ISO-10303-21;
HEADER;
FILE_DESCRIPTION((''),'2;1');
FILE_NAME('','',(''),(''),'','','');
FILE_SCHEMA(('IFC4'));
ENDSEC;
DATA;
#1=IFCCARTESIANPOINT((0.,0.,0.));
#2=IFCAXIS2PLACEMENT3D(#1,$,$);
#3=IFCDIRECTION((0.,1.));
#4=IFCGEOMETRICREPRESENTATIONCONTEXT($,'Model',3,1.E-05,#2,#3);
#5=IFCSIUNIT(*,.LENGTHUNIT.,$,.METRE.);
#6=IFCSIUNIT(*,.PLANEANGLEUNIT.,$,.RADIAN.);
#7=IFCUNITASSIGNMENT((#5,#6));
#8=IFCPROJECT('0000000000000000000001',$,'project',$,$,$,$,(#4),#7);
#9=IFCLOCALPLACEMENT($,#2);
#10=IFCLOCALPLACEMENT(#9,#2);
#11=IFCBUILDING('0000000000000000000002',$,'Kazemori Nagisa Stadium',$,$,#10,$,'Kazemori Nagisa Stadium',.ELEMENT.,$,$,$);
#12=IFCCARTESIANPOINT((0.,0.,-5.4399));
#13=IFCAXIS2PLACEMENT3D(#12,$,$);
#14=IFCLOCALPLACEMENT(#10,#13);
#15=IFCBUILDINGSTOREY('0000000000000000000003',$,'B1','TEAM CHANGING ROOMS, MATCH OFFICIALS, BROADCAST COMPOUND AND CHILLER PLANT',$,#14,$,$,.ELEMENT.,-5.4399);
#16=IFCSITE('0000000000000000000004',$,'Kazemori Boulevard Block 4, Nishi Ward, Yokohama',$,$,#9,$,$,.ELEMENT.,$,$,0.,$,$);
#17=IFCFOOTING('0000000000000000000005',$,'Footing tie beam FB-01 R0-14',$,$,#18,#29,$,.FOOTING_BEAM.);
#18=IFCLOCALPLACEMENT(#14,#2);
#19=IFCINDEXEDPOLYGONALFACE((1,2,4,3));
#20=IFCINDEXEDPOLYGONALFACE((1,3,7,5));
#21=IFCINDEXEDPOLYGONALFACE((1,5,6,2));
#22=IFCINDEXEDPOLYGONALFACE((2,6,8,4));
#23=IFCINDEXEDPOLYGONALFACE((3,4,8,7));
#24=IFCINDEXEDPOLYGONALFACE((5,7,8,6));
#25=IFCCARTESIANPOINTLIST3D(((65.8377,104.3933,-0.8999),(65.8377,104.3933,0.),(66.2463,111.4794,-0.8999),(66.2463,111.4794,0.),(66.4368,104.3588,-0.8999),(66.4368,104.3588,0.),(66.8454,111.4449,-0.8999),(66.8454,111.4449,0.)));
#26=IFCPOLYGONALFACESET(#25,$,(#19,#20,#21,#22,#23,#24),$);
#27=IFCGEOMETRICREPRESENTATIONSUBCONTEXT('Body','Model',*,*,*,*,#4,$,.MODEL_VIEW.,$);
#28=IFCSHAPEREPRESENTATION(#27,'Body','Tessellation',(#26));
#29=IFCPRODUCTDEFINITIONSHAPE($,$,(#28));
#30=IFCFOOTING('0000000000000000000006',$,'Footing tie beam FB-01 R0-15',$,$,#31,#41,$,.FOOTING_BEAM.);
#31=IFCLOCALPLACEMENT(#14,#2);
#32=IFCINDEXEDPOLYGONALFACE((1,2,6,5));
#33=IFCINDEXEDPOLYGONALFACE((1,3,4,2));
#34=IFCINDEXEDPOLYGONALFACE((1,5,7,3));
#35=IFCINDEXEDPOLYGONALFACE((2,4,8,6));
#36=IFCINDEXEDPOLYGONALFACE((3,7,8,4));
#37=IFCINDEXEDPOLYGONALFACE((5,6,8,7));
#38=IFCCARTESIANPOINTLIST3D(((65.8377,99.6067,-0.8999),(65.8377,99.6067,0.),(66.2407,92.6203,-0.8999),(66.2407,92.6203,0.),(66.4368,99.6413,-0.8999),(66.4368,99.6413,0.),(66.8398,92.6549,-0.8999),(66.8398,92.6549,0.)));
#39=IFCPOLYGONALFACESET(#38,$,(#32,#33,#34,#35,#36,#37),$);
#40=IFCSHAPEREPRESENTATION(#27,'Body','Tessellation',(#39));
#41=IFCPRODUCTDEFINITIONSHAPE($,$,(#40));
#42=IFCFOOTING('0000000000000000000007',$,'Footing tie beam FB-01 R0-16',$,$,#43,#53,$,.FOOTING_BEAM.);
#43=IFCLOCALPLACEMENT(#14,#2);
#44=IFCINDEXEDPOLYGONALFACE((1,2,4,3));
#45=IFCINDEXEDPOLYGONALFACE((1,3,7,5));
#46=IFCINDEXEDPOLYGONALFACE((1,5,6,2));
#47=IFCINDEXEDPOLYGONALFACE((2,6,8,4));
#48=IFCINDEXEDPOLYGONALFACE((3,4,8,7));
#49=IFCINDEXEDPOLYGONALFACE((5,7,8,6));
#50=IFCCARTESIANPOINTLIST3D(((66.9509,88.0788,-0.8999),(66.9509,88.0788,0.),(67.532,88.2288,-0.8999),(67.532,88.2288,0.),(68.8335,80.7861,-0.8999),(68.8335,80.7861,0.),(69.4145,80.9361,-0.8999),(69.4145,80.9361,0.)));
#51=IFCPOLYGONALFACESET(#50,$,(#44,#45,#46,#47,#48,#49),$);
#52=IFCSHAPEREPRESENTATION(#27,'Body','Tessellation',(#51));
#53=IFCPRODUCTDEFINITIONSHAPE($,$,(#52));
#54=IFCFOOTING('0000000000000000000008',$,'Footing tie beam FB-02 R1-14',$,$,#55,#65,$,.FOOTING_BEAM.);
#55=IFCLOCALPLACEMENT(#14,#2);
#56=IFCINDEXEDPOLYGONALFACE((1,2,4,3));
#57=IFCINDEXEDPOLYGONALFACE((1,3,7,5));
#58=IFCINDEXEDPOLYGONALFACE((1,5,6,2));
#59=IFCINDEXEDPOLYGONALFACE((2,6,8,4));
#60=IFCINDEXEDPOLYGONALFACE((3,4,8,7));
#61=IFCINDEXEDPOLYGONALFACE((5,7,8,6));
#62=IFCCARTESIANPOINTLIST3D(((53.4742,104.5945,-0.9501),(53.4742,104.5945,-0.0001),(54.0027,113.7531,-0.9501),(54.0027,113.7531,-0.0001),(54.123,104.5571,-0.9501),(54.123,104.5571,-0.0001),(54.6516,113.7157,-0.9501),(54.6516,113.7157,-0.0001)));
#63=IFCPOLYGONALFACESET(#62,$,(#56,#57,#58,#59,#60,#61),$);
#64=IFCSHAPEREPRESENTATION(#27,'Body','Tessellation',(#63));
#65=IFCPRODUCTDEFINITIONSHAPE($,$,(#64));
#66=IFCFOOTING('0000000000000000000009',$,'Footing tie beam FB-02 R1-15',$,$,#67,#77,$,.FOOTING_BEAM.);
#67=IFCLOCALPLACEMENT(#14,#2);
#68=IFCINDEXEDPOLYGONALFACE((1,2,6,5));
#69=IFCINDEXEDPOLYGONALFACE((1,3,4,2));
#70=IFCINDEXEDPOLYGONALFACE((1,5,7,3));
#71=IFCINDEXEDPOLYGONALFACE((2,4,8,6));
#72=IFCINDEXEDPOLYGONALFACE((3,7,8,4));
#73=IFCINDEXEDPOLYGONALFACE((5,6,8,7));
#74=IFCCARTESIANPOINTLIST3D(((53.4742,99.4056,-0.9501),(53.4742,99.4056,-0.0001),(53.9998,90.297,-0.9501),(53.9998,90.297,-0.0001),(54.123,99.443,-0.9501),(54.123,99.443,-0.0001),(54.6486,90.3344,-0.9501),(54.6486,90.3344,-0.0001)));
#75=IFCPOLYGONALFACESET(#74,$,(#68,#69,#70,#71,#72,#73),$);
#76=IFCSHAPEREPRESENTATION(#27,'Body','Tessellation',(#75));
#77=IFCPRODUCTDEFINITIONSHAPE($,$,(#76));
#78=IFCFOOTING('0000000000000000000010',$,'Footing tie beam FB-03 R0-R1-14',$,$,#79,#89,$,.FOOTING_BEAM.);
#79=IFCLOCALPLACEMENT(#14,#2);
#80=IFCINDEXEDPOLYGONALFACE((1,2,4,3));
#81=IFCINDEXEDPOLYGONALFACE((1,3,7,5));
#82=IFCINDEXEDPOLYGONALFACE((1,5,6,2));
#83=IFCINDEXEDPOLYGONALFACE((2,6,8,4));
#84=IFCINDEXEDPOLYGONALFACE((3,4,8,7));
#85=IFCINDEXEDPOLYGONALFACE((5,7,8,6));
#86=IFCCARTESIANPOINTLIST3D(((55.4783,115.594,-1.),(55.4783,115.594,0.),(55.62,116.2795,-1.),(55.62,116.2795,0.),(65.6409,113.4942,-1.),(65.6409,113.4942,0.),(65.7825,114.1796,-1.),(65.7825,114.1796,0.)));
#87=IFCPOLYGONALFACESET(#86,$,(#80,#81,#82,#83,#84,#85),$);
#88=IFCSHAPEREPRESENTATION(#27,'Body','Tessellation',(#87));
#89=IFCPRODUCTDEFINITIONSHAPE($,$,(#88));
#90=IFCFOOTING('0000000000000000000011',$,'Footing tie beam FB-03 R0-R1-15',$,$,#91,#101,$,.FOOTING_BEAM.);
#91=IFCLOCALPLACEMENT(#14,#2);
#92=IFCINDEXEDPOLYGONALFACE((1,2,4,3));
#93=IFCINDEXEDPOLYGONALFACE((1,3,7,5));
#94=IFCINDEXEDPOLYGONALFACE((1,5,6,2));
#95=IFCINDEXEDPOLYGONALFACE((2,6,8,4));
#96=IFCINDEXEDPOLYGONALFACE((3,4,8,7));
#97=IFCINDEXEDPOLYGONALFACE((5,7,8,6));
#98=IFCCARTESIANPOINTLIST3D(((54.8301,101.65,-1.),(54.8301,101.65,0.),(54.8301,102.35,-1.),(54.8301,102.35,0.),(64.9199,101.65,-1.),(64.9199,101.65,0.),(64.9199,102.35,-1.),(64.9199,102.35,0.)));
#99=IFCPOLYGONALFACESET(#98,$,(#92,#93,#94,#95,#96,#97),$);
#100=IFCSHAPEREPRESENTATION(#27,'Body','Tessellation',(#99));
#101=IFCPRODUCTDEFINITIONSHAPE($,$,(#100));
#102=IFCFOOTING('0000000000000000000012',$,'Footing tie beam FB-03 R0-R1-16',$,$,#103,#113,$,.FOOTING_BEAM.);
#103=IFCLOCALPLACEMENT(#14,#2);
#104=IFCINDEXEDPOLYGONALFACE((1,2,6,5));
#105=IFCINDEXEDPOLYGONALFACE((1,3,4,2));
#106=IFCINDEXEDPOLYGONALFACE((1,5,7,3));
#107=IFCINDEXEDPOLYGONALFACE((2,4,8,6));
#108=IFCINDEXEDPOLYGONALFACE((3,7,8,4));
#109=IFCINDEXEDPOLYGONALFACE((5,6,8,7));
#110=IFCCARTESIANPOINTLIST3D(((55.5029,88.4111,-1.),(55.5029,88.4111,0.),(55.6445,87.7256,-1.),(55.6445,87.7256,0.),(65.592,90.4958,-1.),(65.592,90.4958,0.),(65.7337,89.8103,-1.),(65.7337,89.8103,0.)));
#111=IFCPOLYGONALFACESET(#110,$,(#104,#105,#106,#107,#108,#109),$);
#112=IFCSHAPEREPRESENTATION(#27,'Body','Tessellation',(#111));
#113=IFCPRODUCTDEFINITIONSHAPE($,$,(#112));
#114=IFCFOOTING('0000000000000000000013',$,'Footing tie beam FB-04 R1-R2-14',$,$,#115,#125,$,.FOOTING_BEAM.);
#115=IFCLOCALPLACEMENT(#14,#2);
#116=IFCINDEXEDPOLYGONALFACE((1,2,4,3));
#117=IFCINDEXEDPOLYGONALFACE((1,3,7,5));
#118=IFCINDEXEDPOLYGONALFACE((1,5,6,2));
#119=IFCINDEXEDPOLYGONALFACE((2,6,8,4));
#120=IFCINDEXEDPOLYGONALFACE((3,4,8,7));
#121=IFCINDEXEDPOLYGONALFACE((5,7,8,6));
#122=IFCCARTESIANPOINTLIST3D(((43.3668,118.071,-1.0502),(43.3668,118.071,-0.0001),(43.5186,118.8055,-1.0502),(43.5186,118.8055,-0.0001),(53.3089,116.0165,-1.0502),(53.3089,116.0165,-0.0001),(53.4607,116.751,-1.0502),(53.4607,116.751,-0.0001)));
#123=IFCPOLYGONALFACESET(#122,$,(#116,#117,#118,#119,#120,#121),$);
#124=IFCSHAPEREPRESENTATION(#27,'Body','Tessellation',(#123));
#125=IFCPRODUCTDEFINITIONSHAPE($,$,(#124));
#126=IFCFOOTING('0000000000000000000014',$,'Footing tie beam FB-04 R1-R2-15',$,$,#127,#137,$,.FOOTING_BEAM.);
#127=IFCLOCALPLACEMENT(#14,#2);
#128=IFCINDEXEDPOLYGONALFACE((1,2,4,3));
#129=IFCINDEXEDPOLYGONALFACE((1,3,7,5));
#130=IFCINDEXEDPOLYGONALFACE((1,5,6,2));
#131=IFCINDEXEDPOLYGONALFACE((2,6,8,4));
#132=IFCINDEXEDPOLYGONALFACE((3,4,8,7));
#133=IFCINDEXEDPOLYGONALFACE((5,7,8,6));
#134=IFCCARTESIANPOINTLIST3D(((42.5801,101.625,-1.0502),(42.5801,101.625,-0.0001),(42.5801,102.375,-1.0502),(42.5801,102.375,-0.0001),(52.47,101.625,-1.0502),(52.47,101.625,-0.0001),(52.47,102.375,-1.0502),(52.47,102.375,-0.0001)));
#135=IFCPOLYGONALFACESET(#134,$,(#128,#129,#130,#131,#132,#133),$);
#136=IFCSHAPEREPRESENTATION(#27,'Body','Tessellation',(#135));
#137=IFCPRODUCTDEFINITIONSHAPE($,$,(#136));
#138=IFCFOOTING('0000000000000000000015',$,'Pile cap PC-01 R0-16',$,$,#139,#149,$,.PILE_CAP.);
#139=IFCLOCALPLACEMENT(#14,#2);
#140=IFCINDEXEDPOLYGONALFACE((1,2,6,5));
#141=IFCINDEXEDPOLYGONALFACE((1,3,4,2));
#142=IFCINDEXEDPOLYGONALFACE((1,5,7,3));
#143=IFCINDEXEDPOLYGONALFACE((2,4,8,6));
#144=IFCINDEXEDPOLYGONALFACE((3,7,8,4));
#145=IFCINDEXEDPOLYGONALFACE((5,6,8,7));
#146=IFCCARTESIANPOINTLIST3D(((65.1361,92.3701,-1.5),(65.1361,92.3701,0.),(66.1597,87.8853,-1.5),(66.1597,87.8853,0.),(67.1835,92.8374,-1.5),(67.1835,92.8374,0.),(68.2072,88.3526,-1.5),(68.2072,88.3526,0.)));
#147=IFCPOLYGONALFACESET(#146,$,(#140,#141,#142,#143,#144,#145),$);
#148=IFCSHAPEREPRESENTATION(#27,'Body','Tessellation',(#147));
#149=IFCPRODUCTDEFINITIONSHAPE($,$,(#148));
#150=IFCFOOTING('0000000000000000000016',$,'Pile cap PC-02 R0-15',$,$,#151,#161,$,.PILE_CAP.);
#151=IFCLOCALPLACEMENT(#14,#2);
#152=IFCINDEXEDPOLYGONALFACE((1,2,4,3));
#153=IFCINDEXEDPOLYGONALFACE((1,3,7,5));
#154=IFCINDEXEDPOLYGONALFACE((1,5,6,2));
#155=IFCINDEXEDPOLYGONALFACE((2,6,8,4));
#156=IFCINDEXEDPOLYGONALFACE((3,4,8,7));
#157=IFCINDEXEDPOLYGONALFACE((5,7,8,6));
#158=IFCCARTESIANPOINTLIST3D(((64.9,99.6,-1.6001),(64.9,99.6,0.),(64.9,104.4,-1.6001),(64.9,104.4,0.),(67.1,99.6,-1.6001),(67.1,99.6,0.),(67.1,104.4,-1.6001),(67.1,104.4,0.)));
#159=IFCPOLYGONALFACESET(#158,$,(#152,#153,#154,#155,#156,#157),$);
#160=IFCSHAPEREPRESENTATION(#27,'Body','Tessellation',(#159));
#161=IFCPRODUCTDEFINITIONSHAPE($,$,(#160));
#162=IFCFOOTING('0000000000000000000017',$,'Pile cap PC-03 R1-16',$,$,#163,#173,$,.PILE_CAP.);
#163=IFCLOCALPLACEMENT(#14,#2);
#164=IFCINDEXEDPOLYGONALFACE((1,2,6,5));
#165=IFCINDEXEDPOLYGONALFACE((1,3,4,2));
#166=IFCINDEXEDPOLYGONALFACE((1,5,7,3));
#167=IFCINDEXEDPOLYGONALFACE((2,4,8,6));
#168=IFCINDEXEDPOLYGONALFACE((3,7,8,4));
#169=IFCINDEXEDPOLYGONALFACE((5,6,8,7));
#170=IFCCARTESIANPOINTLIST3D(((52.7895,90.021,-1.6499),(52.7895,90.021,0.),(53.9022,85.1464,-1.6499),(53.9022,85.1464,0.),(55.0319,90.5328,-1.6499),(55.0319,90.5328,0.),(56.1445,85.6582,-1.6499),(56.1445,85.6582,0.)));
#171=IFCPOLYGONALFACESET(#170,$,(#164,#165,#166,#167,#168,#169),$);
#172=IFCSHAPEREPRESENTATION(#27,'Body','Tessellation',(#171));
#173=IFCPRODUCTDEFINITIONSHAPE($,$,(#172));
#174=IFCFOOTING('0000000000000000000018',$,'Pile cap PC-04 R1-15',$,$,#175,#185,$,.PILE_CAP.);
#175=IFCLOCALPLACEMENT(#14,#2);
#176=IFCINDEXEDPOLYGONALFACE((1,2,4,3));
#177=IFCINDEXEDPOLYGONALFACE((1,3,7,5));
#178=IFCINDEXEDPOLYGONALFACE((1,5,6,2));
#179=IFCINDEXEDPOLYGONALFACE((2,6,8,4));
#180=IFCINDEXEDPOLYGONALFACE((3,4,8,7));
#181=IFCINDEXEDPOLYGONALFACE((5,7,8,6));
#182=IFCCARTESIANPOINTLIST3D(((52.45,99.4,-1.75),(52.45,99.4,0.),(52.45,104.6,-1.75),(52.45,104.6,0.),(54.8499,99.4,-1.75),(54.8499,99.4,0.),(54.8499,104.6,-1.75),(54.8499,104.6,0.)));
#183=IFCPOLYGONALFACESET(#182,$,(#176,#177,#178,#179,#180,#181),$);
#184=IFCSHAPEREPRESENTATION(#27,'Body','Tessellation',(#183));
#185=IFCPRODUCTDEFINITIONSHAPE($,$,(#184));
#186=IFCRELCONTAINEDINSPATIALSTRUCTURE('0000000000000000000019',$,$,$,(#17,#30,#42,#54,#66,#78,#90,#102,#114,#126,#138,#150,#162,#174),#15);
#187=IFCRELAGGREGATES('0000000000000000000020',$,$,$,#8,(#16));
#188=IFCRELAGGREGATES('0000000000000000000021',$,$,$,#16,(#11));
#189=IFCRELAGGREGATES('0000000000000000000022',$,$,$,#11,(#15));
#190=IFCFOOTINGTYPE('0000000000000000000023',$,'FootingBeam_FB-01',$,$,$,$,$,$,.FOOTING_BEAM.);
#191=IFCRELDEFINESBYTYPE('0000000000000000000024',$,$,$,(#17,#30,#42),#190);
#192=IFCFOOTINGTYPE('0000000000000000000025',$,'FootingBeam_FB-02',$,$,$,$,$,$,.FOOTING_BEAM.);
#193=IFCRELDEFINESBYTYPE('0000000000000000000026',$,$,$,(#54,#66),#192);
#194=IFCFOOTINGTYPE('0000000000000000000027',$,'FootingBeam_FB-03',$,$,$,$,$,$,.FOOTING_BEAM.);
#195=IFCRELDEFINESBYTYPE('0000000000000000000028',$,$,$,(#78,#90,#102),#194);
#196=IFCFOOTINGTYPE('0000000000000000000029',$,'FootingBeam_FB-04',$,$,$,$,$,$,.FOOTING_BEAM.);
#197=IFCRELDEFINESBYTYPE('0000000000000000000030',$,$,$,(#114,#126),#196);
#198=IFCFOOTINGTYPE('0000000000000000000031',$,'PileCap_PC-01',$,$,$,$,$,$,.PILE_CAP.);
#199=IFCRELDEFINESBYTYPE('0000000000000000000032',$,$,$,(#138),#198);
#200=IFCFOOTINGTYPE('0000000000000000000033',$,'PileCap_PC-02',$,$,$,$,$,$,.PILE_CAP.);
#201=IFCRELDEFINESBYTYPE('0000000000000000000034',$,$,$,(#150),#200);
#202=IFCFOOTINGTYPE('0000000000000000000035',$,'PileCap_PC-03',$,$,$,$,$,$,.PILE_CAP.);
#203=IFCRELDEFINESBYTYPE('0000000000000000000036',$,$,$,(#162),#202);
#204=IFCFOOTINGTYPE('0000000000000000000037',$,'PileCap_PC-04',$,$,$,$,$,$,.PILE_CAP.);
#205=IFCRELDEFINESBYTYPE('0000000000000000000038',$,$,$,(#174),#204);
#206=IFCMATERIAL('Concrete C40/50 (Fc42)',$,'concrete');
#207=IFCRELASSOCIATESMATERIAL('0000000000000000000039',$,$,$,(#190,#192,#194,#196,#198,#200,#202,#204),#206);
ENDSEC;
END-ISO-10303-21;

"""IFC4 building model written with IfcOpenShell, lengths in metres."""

from ifc_helpers import new_model, si_unit, direction, frame, origin, origin_2d, place, context, subcontext, project, spatial, rectangle, extrude, material, material_profile, profile_set, type_object, element, save


model = new_model("IFC4")

# Units and contexts
model_context = context("Model", 3, precision=1e-05, world=origin(), true_north=direction((0.0, 1.0)))
body_context = subcontext(model_context, "Body", "Model", "MODEL_VIEW")
ifc_project = project(units=[si_unit("LENGTHUNIT", "METRE"), si_unit("PLANEANGLEUNIT", "RADIAN")], contexts=[model_context])

# Site, building, storey
site_placement = place(None, origin())
site = spatial("IfcSite", under=ifc_project, at=site_placement, Name="Kazemori Boulevard Block 4, Nishi Ward, Yokohama", CompositionType="ELEMENT", RefElevation=0.0)
building_placement = place(site_placement, origin())
building = spatial("IfcBuilding", under=site, at=building_placement, Name="Kazemori Nagisa Stadium", LongName="Kazemori Nagisa Stadium", CompositionType="ELEMENT")
storey_placement = place(building_placement, frame((0.0, 0.0, -5.4399)))
storey = spatial("IfcBuildingStorey", under=building, at=storey_placement, Name="B1", Description="TEAM CHANGING ROOMS, MATCH OFFICIALS, BROADCAST COMPOUND AND CHILLER PLANT", CompositionType="ELEMENT", Elevation=-5.4399)

# Footings
ifc_material_1 = material(Name="Concrete C40/50 (Fc42)", Category="concrete")
ifc_material_profile_1 = material_profile(ifc_material_1, rectangle(XDim=0.6001, YDim=0.8999, at=origin_2d()), Name="RC-FB-600x900")
ifc_profile_set_1 = profile_set([ifc_material_profile_1], Name="Concrete C40/50 (Fc42)")
footing_type_1 = type_object("IfcFootingType", Name="FootingBeam_FB-01", PredefinedType="FOOTING_BEAM", material=ifc_profile_set_1)
footing_1_placement = place(storey_placement, frame((66.5459, 111.4622, -0.45), z_axis=(-0.057579, -0.998341, 0.0), x_axis=(0.998341, -0.057579, 0.0)))
element("IfcFooting", 1, at=footing_1_placement, inside=storey, type_object=footing_type_1, Name="Footing tie beam FB-01 R0-14", PredefinedType="FOOTING_BEAM", context=body_context, shape_type="SweptSolid", body=[
    extrude(rectangle(XDim=0.6001, YDim=0.8999, at=origin_2d()), origin(), (0.0, 0.0, 1.0), 7.0979),
])
footing_2_placement = place(storey_placement, frame((66.1372, 99.624, -0.45), z_axis=(0.057599, -0.99834, 0.0), x_axis=(0.99834, 0.057599, 0.0)))
element("IfcFooting", 2, at=footing_2_placement, inside=storey, type_object=footing_type_1, Name="Footing tie beam FB-01 R0-15", PredefinedType="FOOTING_BEAM", context=body_context, shape_type="SweptSolid", body=[
    extrude(rectangle(XDim=0.6001, YDim=0.8999, at=origin_2d()), origin(), (0.0, 0.0, 1.0), 6.998),
])
footing_3_placement = place(storey_placement, frame((67.2415, 88.1538, -0.45), z_axis=(0.24995, -0.968259, 0.0), x_axis=(0.968259, 0.24995, 0.0)))
element("IfcFooting", 3, at=footing_3_placement, inside=storey, type_object=footing_type_1, Name="Footing tie beam FB-01 R0-16", PredefinedType="FOOTING_BEAM", context=body_context, shape_type="SweptSolid", body=[
    extrude(rectangle(XDim=0.6001, YDim=0.8999, at=origin_2d()), origin(), (0.0, 0.0, 1.0), 7.5317),
])
ifc_material_profile_2 = material_profile(ifc_material_1, rectangle(XDim=0.6499, YDim=0.95, at=origin_2d()), Name="RC-FB-650x950")
ifc_profile_set_2 = profile_set([ifc_material_profile_2], Name="Concrete C40/50 (Fc42)")
footing_type_2 = type_object("IfcFootingType", Name="FootingBeam_FB-02", PredefinedType="FOOTING_BEAM", material=ifc_profile_set_2)
footing_4_placement = place(storey_placement, frame((54.3271, 113.7344, -0.4751), z_axis=(-0.057616, -0.998339, 0.0), x_axis=(0.998339, -0.057616, 0.0)))
element("IfcFooting", 4, at=footing_4_placement, inside=storey, type_object=footing_type_2, Name="Footing tie beam FB-02 R1-14", PredefinedType="FOOTING_BEAM", context=body_context, shape_type="SweptSolid", body=[
    extrude(rectangle(XDim=0.6499, YDim=0.95, at=origin_2d()), origin(), (0.0, 0.0, 1.0), 9.1738),
])
footing_5_placement = place(storey_placement, frame((53.7986, 99.4243, -0.4751), z_axis=(0.057611, -0.998339, 0.0), x_axis=(0.998339, 0.057611, 0.0)))
element("IfcFooting", 5, at=footing_5_placement, inside=storey, type_object=footing_type_2, Name="Footing tie beam FB-02 R1-15", PredefinedType="FOOTING_BEAM", context=body_context, shape_type="SweptSolid", body=[
    extrude(rectangle(XDim=0.6499, YDim=0.95, at=origin_2d()), origin(), (0.0, 0.0, 1.0), 9.1238),
])
ifc_material_profile_3 = material_profile(ifc_material_1, rectangle(XDim=0.7, YDim=1.0, at=origin_2d()), Name="RC-FB-700x1000")
ifc_profile_set_3 = profile_set([ifc_material_profile_3], Name="Concrete C40/50 (Fc42)")
footing_type_3 = type_object("IfcFootingType", Name="FootingBeam_FB-03", PredefinedType="FOOTING_BEAM", material=ifc_profile_set_3)
footing_6_placement = place(storey_placement, frame((65.7117, 113.8369, -0.5), z_axis=(-0.979313, 0.202351, 0.0), x_axis=(-0.202351, -0.979313, 0.0)))
element("IfcFooting", 6, at=footing_6_placement, inside=storey, type_object=footing_type_3, Name="Footing tie beam FB-03 R0-R1-14", PredefinedType="FOOTING_BEAM", context=body_context, shape_type="SweptSolid", body=[
    extrude(rectangle(XDim=0.7, YDim=1.0, at=origin_2d()), origin(), (0.0, 0.0, 1.0), 10.3772),
])
footing_7_placement = place(storey_placement, frame((64.9199, 102.0, -0.5), z_axis=(-1.0, 0.0, 0.0), x_axis=(0.0, -1.0, 0.0)))
element("IfcFooting", 7, at=footing_7_placement, inside=storey, type_object=footing_type_3, Name="Footing tie beam FB-03 R0-R1-15", PredefinedType="FOOTING_BEAM", context=body_context, shape_type="SweptSolid", body=[
    extrude(rectangle(XDim=0.7, YDim=1.0, at=origin_2d()), origin(), (0.0, 0.0, 1.0), 10.0898),
])
footing_8_placement = place(storey_placement, frame((65.6628, 90.1531, -0.5), z_axis=(-0.979312, -0.202356, 0.0), x_axis=(0.202356, -0.979312, 0.0)))
element("IfcFooting", 8, at=footing_8_placement, inside=storey, type_object=footing_type_3, Name="Footing tie beam FB-03 R0-R1-16", PredefinedType="FOOTING_BEAM", context=body_context, shape_type="SweptSolid", body=[
    extrude(rectangle(XDim=0.7, YDim=1.0, at=origin_2d()), origin(), (0.0, 0.0, 1.0), 10.3022),
])
ifc_material_profile_4 = material_profile(ifc_material_1, rectangle(XDim=0.75, YDim=1.05, at=origin_2d()), Name="RC-FB-750x1050")
ifc_profile_set_4 = profile_set([ifc_material_profile_4], Name="Concrete C40/50 (Fc42)")
footing_type_4 = type_object("IfcFootingType", Name="FootingBeam_FB-04", PredefinedType="FOOTING_BEAM", material=ifc_profile_set_4)
footing_9_placement = place(storey_placement, frame((53.3848, 116.3838, -0.5251), z_axis=(-0.97931, 0.202365, 0.0), x_axis=(-0.202365, -0.97931, 0.0)))
element("IfcFooting", 9, at=footing_9_placement, inside=storey, type_object=footing_type_4, Name="Footing tie beam FB-04 R1-R2-14", PredefinedType="FOOTING_BEAM", context=body_context, shape_type="SweptSolid", body=[
    extrude(rectangle(XDim=0.75, YDim=1.05, at=origin_2d()), origin(), (0.0, 0.0, 1.0), 10.1521),
])
footing_10_placement = place(storey_placement, frame((52.47, 102.0, -0.5251), z_axis=(-1.0, 0.0, 0.0), x_axis=(0.0, -1.0, 0.0)))
element("IfcFooting", 10, at=footing_10_placement, inside=storey, type_object=footing_type_4, Name="Footing tie beam FB-04 R1-R2-15", PredefinedType="FOOTING_BEAM", context=body_context, shape_type="SweptSolid", body=[
    extrude(rectangle(XDim=0.75, YDim=1.05, at=origin_2d()), origin(), (0.0, 0.0, 1.0), 9.8899),
])
footing_type_5 = type_object("IfcFootingType", Name="PileCap_PC-01", PredefinedType="PILE_CAP", material=ifc_material_1)
footing_11_placement = place(storey_placement, frame((66.6716, 90.3613, -1.5), z_axis=(0.0, 0.0, 1.0), x_axis=(0.222521, -0.974928, 0.0)))
element("IfcFooting", 11, at=footing_11_placement, inside=storey, type_object=footing_type_5, Name="Pile cap PC-01 R0-16", PredefinedType="PILE_CAP", context=body_context, shape_type="SweptSolid", body=[
    extrude(rectangle(XDim=4.6001, YDim=2.1001, at=origin_2d()), origin(), (0.0, 0.0, 1.0), 1.5),
])
footing_type_6 = type_object("IfcFootingType", Name="PileCap_PC-02", PredefinedType="PILE_CAP", material=ifc_material_1)
footing_12_placement = place(storey_placement, frame((66.0, 102.0, -1.6001), z_axis=(0.0, 0.0, 1.0), x_axis=(0.0, -1.0, 0.0)))
element("IfcFooting", 12, at=footing_12_placement, inside=storey, type_object=footing_type_6, Name="Pile cap PC-02 R0-15", PredefinedType="PILE_CAP", context=body_context, shape_type="SweptSolid", body=[
    extrude(rectangle(XDim=4.8, YDim=2.2, at=origin_2d()), origin(), (0.0, 0.0, 1.0), 1.6001),
])
footing_type_7 = type_object("IfcFootingType", Name="PileCap_PC-03", PredefinedType="PILE_CAP", material=ifc_material_1)
footing_13_placement = place(storey_placement, frame((54.467, 87.8396, -1.6499), z_axis=(0.0, 0.0, 1.0), x_axis=(0.222521, -0.974928, 0.0)))
element("IfcFooting", 13, at=footing_13_placement, inside=storey, type_object=footing_type_7, Name="Pile cap PC-03 R1-16", PredefinedType="PILE_CAP", context=body_context, shape_type="SweptSolid", body=[
    extrude(rectangle(XDim=5.0, YDim=2.3, at=origin_2d()), origin(), (0.0, 0.0, 1.0), 1.6499),
])
footing_type_8 = type_object("IfcFootingType", Name="PileCap_PC-04", PredefinedType="PILE_CAP", material=ifc_material_1)
footing_14_placement = place(storey_placement, frame((53.6499, 102.0, -1.75), z_axis=(0.0, 0.0, 1.0), x_axis=(0.0, -1.0, 0.0)))
element("IfcFooting", 14, at=footing_14_placement, inside=storey, type_object=footing_type_8, Name="Pile cap PC-04 R1-15", PredefinedType="PILE_CAP", context=body_context, shape_type="SweptSolid", body=[
    extrude(rectangle(XDim=5.2, YDim=2.3999, at=origin_2d()), origin(), (0.0, 0.0, 1.0), 1.75),
])

save(model, "model.ifc")
